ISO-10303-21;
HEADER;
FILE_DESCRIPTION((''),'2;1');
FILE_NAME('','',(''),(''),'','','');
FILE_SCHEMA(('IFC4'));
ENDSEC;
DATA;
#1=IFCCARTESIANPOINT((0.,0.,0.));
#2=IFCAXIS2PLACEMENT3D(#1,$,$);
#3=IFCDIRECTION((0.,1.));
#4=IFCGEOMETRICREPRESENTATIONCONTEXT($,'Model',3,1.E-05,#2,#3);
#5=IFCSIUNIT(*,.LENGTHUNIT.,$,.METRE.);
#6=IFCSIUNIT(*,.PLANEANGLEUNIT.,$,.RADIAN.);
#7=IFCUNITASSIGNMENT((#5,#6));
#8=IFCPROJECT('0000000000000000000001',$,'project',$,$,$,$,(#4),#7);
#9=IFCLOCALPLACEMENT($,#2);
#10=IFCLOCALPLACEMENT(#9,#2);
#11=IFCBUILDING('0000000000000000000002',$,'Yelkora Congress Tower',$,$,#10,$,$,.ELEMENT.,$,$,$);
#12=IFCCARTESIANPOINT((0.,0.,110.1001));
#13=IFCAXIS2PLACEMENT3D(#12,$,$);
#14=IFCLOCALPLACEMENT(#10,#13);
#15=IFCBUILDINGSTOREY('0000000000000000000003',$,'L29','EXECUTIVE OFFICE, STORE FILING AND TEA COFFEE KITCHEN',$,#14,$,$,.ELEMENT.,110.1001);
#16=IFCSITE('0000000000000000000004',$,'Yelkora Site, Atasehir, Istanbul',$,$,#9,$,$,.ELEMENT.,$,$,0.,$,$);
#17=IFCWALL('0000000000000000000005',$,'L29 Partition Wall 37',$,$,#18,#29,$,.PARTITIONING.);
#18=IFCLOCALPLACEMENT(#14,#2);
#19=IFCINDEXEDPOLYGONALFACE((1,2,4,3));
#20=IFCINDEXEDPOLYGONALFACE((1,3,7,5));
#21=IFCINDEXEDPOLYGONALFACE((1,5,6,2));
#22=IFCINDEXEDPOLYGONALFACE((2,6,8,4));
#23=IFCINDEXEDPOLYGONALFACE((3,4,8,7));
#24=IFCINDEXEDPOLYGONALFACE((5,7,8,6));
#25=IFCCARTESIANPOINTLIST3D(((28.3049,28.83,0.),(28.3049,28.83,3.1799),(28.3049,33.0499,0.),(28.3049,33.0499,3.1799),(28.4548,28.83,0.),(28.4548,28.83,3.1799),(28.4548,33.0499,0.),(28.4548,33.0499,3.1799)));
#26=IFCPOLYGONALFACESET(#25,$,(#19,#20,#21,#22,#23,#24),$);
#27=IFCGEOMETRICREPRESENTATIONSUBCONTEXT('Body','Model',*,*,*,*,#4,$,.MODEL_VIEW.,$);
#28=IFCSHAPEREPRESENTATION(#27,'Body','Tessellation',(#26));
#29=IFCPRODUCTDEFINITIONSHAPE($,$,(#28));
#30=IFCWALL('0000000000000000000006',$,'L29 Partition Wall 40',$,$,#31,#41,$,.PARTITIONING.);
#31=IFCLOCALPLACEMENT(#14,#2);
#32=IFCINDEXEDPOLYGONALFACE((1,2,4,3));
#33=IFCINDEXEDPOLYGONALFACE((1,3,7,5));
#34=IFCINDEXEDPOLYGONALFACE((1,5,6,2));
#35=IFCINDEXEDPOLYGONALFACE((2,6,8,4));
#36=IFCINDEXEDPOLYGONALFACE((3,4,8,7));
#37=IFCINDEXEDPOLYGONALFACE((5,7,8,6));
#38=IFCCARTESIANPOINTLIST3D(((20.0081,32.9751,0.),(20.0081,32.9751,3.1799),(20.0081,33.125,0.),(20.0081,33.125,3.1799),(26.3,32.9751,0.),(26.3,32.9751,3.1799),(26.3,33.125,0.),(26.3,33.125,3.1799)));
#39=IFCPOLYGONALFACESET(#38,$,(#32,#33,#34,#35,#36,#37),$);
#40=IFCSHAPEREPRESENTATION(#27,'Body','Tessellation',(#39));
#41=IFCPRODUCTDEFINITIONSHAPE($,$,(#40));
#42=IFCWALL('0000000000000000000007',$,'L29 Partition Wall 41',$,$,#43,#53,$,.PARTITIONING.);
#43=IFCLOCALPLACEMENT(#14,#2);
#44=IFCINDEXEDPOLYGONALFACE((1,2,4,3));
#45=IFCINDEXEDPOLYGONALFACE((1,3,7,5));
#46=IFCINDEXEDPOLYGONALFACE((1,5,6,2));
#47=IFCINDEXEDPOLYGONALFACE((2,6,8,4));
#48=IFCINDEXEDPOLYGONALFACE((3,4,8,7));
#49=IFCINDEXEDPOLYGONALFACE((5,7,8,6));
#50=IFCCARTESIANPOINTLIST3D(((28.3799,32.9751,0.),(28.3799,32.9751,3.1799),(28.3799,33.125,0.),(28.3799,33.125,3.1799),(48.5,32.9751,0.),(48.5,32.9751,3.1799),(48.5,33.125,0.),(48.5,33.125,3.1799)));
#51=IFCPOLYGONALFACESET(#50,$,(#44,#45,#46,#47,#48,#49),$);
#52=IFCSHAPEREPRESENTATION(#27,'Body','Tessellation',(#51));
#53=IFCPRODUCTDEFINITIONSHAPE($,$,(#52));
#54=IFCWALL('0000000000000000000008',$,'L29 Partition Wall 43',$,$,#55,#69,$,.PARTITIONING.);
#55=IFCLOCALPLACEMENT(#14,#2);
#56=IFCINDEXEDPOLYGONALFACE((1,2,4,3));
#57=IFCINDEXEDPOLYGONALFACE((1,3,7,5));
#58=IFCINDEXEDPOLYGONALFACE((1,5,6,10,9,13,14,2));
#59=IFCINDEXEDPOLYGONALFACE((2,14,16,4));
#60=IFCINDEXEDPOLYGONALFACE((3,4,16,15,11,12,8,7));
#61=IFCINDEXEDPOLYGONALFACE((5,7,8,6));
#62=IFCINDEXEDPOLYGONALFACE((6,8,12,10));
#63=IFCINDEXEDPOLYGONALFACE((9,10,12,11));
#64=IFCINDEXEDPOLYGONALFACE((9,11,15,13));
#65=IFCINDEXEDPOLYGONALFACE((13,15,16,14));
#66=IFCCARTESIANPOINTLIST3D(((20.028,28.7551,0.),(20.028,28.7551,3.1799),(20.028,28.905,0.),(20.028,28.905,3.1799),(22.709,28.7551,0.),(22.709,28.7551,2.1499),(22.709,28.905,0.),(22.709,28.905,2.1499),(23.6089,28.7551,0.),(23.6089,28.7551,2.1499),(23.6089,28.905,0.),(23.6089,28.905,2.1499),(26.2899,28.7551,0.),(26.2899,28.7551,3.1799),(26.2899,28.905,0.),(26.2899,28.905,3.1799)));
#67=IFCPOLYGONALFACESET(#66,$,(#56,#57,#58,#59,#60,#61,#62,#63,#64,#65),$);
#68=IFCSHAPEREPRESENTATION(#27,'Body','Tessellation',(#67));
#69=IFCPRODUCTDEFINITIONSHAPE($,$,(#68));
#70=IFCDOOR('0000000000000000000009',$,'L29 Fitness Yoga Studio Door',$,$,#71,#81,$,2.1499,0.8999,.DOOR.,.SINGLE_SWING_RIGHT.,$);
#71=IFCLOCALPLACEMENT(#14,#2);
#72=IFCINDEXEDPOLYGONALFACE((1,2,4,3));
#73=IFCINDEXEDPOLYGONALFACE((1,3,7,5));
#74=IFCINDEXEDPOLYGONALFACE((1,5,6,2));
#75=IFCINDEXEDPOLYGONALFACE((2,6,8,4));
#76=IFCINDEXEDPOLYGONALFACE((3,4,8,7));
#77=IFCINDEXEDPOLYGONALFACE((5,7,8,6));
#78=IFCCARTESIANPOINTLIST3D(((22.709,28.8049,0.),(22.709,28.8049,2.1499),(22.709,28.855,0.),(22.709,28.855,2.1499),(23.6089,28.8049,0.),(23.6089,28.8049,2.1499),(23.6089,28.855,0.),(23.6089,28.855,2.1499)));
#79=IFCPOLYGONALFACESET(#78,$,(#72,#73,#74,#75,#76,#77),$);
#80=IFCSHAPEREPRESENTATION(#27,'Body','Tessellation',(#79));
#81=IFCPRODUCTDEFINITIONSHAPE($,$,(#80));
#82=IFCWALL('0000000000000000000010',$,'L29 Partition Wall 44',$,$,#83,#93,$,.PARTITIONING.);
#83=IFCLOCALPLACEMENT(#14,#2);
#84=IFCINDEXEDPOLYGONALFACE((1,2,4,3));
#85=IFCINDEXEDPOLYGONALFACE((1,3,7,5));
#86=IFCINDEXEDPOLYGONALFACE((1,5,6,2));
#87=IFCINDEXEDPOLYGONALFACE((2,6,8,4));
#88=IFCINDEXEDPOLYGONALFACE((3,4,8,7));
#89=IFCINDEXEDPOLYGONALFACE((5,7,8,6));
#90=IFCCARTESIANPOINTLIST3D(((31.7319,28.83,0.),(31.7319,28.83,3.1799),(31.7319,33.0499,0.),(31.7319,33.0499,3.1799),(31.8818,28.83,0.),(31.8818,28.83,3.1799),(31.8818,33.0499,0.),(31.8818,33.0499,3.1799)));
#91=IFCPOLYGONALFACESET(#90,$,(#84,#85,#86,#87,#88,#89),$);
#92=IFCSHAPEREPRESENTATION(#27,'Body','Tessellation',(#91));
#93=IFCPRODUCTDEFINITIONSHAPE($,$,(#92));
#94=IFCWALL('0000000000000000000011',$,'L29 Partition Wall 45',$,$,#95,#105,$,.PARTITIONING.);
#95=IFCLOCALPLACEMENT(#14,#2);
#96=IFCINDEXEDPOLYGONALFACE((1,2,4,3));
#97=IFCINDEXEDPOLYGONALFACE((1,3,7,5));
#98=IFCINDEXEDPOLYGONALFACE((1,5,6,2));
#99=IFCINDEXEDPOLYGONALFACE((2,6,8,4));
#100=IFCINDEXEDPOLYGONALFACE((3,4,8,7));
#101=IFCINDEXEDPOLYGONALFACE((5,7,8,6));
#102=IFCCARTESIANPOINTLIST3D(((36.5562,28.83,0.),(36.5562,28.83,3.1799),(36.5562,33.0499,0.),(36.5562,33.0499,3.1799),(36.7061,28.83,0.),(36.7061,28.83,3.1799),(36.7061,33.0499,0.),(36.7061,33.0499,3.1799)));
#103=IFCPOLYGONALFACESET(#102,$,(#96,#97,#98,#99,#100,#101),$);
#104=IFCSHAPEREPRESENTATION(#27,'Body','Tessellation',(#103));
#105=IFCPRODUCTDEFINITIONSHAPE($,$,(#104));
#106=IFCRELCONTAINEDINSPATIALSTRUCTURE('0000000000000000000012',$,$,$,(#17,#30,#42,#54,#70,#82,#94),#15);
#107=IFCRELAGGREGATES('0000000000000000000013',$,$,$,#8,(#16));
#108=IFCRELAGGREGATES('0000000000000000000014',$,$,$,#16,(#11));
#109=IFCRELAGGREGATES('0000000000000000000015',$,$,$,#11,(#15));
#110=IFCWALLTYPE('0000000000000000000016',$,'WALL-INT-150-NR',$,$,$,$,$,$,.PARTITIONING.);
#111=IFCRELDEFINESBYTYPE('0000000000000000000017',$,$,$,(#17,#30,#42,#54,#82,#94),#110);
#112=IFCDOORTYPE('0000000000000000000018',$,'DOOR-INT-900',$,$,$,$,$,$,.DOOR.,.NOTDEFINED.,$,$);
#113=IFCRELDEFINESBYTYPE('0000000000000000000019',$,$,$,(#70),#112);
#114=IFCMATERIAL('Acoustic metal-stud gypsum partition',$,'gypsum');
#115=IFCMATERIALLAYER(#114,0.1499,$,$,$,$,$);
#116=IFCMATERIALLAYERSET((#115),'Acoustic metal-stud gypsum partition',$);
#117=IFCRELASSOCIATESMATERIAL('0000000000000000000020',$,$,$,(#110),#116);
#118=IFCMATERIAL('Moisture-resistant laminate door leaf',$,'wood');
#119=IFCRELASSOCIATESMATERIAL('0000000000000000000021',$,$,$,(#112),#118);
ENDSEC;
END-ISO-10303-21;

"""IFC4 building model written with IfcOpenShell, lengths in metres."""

from ifc_helpers import new_model, si_unit, direction, frame, frame_2d, origin, place, context, subcontext, project, spatial, rectangle, extrude, material, layer, layer_set, type_object, element, fill, save


model = new_model("IFC4")

# Units and contexts
model_context = context("Model", 3, precision=1e-05, world=origin(), true_north=direction((0.0, 1.0)))
body_context = subcontext(model_context, "Body", "Model", "MODEL_VIEW")
ifc_project = project(units=[si_unit("LENGTHUNIT", "METRE"), si_unit("PLANEANGLEUNIT", "RADIAN")], contexts=[model_context])

# Site, building, storey
site_placement = place(None, origin())
site = spatial("IfcSite", under=ifc_project, at=site_placement, Name="Yelkora Site, Atasehir, Istanbul", CompositionType="ELEMENT", RefElevation=0.0)
building_placement = place(site_placement, origin())
building = spatial("IfcBuilding", under=site, at=building_placement, Name="Yelkora Congress Tower", CompositionType="ELEMENT")
storey_placement = place(building_placement, frame((0.0, 0.0, 110.1001)))
storey = spatial("IfcBuildingStorey", under=building, at=storey_placement, Name="L29", Description="EXECUTIVE OFFICE, STORE FILING AND TEA COFFEE KITCHEN", CompositionType="ELEMENT", Elevation=110.1001)

# Shared definitions
ifc_material_1 = material(Name="Acoustic metal-stud gypsum partition", Category="gypsum")
ifc_layer = layer(ifc_material_1, 0.1499)
ifc_layer_set = layer_set([ifc_layer], Name="Acoustic metal-stud gypsum partition")
wall_type = type_object("IfcWallType", Name="WALL-INT-150-NR", PredefinedType="PARTITIONING", material=ifc_layer_set)
ifc_material_2 = material(Name="Moisture-resistant laminate door leaf", Category="wood")
door_type = type_object("IfcDoorType", Name="DOOR-INT-900", OperationType="NOTDEFINED", PredefinedType="DOOR", material=ifc_material_2)

# Walls
for number, where, z_axis, x_axis, name in (
    (1, (28.3799, 28.8301, 0.0), (0.0, 0.0, 1.0), (0.0, 1.0, 0.0), "L29 Partition Wall 37"),
):
    element("IfcWall", number, at=place(storey_placement, frame(where, z_axis=z_axis, x_axis=x_axis)), inside=storey, type_object=wall_type, Name=name, PredefinedType="PARTITIONING", context=body_context, shape_type="SweptSolid", body=[
        extrude(rectangle(XDim=4.22, YDim=0.1499, at=frame_2d((2.1099, 0.0))), origin(), (0.0, 0.0, 1.0), 3.1799),
    ])
wall_1_placement = place(storey_placement, frame((20.0081, 33.05, 0.0), z_axis=(0.0, 0.0, 1.0), x_axis=(1.0, 0.0, 0.0)))
element("IfcWall", 2, at=wall_1_placement, inside=storey, type_object=wall_type, Name="L29 Partition Wall 40", PredefinedType="PARTITIONING", context=body_context, shape_type="SweptSolid", body=[
    extrude(rectangle(XDim=6.292, YDim=0.1499, at=frame_2d((3.146, 0.0))), origin(), (0.0, 0.0, 1.0), 3.1799),
])
wall_2_placement = place(storey_placement, frame((28.3799, 33.05, 0.0), z_axis=(0.0, 0.0, 1.0), x_axis=(1.0, 0.0, 0.0)))
element("IfcWall", 3, at=wall_2_placement, inside=storey, type_object=wall_type, Name="L29 Partition Wall 41", PredefinedType="PARTITIONING", context=body_context, shape_type="SweptSolid", body=[
    extrude(rectangle(XDim=20.1201, YDim=0.1499, at=frame_2d((10.0601, 0.0))), origin(), (0.0, 0.0, 1.0), 3.1799),
])

# Wall, opening, door
wall_3_placement = place(storey_placement, frame((20.0281, 28.8301, 0.0), z_axis=(0.0, 0.0, 1.0), x_axis=(1.0, 0.0, 0.0)))
wall_3 = element("IfcWall", 4, at=wall_3_placement, inside=storey, type_object=wall_type, Name="L29 Partition Wall 43", PredefinedType="PARTITIONING", context=body_context, shape_type="SweptSolid", body=[
    extrude(rectangle(XDim=6.262, YDim=0.1499, at=frame_2d((3.1309, 0.0))), origin(), (0.0, 0.0, 1.0), 3.1799),
])
opening_1_placement = place(wall_3_placement, frame((2.6809, 0.0, 0.0)))
opening_1 = element("IfcOpeningElement", 5, at=opening_1_placement, cuts=wall_3, PredefinedType="OPENING", context=body_context, shape_type="SweptSolid", body=[
    extrude(rectangle(XDim=0.8999, YDim=2.1499, at=frame_2d((0.45, 1.075))), frame((0.0, 0.085, 0.0), z_axis=(0.0, -1.0, 0.0), x_axis=(1.0, 0.0, 0.0)), (0.0, 0.0, 1.0), 0.1699),
])
door_1_placement = place(opening_1_placement, origin())
door_1 = element("IfcDoor", 6, at=door_1_placement, inside=storey, type_object=door_type, Name="L29 Fitness Yoga Studio Door", OperationType="SINGLE_SWING_RIGHT", OverallHeight=2.1499, OverallWidth=0.8999, PredefinedType="DOOR", context=body_context, shape_type="SweptSolid", body=[
    extrude(rectangle(XDim=0.8999, YDim=2.1499, at=frame_2d((0.45, 1.075))), frame((0.0, 0.0249, 0.0), z_axis=(0.0, -1.0, 0.0), x_axis=(1.0, 0.0, 0.0)), (0.0, 0.0, 1.0), 0.05),
])
fill(opening_1, door_1)

# Walls
for number, where, z_axis, x_axis, name in (
    (7, (31.8069, 28.8301, 0.0), (0.0, 0.0, 1.0), (0.0, 1.0, 0.0), "L29 Partition Wall 44"),
    (8, (36.6311, 28.8301, 0.0), (0.0, 0.0, 1.0), (0.0, 1.0, 0.0), "L29 Partition Wall 45"),
):
    element("IfcWall", number, at=place(storey_placement, frame(where, z_axis=z_axis, x_axis=x_axis)), inside=storey, type_object=wall_type, Name=name, PredefinedType="PARTITIONING", context=body_context, shape_type="SweptSolid", body=[
        extrude(rectangle(XDim=4.22, YDim=0.1499, at=frame_2d((2.1099, 0.0))), origin(), (0.0, 0.0, 1.0), 3.1799),
    ])

save(model, "model.ifc")
